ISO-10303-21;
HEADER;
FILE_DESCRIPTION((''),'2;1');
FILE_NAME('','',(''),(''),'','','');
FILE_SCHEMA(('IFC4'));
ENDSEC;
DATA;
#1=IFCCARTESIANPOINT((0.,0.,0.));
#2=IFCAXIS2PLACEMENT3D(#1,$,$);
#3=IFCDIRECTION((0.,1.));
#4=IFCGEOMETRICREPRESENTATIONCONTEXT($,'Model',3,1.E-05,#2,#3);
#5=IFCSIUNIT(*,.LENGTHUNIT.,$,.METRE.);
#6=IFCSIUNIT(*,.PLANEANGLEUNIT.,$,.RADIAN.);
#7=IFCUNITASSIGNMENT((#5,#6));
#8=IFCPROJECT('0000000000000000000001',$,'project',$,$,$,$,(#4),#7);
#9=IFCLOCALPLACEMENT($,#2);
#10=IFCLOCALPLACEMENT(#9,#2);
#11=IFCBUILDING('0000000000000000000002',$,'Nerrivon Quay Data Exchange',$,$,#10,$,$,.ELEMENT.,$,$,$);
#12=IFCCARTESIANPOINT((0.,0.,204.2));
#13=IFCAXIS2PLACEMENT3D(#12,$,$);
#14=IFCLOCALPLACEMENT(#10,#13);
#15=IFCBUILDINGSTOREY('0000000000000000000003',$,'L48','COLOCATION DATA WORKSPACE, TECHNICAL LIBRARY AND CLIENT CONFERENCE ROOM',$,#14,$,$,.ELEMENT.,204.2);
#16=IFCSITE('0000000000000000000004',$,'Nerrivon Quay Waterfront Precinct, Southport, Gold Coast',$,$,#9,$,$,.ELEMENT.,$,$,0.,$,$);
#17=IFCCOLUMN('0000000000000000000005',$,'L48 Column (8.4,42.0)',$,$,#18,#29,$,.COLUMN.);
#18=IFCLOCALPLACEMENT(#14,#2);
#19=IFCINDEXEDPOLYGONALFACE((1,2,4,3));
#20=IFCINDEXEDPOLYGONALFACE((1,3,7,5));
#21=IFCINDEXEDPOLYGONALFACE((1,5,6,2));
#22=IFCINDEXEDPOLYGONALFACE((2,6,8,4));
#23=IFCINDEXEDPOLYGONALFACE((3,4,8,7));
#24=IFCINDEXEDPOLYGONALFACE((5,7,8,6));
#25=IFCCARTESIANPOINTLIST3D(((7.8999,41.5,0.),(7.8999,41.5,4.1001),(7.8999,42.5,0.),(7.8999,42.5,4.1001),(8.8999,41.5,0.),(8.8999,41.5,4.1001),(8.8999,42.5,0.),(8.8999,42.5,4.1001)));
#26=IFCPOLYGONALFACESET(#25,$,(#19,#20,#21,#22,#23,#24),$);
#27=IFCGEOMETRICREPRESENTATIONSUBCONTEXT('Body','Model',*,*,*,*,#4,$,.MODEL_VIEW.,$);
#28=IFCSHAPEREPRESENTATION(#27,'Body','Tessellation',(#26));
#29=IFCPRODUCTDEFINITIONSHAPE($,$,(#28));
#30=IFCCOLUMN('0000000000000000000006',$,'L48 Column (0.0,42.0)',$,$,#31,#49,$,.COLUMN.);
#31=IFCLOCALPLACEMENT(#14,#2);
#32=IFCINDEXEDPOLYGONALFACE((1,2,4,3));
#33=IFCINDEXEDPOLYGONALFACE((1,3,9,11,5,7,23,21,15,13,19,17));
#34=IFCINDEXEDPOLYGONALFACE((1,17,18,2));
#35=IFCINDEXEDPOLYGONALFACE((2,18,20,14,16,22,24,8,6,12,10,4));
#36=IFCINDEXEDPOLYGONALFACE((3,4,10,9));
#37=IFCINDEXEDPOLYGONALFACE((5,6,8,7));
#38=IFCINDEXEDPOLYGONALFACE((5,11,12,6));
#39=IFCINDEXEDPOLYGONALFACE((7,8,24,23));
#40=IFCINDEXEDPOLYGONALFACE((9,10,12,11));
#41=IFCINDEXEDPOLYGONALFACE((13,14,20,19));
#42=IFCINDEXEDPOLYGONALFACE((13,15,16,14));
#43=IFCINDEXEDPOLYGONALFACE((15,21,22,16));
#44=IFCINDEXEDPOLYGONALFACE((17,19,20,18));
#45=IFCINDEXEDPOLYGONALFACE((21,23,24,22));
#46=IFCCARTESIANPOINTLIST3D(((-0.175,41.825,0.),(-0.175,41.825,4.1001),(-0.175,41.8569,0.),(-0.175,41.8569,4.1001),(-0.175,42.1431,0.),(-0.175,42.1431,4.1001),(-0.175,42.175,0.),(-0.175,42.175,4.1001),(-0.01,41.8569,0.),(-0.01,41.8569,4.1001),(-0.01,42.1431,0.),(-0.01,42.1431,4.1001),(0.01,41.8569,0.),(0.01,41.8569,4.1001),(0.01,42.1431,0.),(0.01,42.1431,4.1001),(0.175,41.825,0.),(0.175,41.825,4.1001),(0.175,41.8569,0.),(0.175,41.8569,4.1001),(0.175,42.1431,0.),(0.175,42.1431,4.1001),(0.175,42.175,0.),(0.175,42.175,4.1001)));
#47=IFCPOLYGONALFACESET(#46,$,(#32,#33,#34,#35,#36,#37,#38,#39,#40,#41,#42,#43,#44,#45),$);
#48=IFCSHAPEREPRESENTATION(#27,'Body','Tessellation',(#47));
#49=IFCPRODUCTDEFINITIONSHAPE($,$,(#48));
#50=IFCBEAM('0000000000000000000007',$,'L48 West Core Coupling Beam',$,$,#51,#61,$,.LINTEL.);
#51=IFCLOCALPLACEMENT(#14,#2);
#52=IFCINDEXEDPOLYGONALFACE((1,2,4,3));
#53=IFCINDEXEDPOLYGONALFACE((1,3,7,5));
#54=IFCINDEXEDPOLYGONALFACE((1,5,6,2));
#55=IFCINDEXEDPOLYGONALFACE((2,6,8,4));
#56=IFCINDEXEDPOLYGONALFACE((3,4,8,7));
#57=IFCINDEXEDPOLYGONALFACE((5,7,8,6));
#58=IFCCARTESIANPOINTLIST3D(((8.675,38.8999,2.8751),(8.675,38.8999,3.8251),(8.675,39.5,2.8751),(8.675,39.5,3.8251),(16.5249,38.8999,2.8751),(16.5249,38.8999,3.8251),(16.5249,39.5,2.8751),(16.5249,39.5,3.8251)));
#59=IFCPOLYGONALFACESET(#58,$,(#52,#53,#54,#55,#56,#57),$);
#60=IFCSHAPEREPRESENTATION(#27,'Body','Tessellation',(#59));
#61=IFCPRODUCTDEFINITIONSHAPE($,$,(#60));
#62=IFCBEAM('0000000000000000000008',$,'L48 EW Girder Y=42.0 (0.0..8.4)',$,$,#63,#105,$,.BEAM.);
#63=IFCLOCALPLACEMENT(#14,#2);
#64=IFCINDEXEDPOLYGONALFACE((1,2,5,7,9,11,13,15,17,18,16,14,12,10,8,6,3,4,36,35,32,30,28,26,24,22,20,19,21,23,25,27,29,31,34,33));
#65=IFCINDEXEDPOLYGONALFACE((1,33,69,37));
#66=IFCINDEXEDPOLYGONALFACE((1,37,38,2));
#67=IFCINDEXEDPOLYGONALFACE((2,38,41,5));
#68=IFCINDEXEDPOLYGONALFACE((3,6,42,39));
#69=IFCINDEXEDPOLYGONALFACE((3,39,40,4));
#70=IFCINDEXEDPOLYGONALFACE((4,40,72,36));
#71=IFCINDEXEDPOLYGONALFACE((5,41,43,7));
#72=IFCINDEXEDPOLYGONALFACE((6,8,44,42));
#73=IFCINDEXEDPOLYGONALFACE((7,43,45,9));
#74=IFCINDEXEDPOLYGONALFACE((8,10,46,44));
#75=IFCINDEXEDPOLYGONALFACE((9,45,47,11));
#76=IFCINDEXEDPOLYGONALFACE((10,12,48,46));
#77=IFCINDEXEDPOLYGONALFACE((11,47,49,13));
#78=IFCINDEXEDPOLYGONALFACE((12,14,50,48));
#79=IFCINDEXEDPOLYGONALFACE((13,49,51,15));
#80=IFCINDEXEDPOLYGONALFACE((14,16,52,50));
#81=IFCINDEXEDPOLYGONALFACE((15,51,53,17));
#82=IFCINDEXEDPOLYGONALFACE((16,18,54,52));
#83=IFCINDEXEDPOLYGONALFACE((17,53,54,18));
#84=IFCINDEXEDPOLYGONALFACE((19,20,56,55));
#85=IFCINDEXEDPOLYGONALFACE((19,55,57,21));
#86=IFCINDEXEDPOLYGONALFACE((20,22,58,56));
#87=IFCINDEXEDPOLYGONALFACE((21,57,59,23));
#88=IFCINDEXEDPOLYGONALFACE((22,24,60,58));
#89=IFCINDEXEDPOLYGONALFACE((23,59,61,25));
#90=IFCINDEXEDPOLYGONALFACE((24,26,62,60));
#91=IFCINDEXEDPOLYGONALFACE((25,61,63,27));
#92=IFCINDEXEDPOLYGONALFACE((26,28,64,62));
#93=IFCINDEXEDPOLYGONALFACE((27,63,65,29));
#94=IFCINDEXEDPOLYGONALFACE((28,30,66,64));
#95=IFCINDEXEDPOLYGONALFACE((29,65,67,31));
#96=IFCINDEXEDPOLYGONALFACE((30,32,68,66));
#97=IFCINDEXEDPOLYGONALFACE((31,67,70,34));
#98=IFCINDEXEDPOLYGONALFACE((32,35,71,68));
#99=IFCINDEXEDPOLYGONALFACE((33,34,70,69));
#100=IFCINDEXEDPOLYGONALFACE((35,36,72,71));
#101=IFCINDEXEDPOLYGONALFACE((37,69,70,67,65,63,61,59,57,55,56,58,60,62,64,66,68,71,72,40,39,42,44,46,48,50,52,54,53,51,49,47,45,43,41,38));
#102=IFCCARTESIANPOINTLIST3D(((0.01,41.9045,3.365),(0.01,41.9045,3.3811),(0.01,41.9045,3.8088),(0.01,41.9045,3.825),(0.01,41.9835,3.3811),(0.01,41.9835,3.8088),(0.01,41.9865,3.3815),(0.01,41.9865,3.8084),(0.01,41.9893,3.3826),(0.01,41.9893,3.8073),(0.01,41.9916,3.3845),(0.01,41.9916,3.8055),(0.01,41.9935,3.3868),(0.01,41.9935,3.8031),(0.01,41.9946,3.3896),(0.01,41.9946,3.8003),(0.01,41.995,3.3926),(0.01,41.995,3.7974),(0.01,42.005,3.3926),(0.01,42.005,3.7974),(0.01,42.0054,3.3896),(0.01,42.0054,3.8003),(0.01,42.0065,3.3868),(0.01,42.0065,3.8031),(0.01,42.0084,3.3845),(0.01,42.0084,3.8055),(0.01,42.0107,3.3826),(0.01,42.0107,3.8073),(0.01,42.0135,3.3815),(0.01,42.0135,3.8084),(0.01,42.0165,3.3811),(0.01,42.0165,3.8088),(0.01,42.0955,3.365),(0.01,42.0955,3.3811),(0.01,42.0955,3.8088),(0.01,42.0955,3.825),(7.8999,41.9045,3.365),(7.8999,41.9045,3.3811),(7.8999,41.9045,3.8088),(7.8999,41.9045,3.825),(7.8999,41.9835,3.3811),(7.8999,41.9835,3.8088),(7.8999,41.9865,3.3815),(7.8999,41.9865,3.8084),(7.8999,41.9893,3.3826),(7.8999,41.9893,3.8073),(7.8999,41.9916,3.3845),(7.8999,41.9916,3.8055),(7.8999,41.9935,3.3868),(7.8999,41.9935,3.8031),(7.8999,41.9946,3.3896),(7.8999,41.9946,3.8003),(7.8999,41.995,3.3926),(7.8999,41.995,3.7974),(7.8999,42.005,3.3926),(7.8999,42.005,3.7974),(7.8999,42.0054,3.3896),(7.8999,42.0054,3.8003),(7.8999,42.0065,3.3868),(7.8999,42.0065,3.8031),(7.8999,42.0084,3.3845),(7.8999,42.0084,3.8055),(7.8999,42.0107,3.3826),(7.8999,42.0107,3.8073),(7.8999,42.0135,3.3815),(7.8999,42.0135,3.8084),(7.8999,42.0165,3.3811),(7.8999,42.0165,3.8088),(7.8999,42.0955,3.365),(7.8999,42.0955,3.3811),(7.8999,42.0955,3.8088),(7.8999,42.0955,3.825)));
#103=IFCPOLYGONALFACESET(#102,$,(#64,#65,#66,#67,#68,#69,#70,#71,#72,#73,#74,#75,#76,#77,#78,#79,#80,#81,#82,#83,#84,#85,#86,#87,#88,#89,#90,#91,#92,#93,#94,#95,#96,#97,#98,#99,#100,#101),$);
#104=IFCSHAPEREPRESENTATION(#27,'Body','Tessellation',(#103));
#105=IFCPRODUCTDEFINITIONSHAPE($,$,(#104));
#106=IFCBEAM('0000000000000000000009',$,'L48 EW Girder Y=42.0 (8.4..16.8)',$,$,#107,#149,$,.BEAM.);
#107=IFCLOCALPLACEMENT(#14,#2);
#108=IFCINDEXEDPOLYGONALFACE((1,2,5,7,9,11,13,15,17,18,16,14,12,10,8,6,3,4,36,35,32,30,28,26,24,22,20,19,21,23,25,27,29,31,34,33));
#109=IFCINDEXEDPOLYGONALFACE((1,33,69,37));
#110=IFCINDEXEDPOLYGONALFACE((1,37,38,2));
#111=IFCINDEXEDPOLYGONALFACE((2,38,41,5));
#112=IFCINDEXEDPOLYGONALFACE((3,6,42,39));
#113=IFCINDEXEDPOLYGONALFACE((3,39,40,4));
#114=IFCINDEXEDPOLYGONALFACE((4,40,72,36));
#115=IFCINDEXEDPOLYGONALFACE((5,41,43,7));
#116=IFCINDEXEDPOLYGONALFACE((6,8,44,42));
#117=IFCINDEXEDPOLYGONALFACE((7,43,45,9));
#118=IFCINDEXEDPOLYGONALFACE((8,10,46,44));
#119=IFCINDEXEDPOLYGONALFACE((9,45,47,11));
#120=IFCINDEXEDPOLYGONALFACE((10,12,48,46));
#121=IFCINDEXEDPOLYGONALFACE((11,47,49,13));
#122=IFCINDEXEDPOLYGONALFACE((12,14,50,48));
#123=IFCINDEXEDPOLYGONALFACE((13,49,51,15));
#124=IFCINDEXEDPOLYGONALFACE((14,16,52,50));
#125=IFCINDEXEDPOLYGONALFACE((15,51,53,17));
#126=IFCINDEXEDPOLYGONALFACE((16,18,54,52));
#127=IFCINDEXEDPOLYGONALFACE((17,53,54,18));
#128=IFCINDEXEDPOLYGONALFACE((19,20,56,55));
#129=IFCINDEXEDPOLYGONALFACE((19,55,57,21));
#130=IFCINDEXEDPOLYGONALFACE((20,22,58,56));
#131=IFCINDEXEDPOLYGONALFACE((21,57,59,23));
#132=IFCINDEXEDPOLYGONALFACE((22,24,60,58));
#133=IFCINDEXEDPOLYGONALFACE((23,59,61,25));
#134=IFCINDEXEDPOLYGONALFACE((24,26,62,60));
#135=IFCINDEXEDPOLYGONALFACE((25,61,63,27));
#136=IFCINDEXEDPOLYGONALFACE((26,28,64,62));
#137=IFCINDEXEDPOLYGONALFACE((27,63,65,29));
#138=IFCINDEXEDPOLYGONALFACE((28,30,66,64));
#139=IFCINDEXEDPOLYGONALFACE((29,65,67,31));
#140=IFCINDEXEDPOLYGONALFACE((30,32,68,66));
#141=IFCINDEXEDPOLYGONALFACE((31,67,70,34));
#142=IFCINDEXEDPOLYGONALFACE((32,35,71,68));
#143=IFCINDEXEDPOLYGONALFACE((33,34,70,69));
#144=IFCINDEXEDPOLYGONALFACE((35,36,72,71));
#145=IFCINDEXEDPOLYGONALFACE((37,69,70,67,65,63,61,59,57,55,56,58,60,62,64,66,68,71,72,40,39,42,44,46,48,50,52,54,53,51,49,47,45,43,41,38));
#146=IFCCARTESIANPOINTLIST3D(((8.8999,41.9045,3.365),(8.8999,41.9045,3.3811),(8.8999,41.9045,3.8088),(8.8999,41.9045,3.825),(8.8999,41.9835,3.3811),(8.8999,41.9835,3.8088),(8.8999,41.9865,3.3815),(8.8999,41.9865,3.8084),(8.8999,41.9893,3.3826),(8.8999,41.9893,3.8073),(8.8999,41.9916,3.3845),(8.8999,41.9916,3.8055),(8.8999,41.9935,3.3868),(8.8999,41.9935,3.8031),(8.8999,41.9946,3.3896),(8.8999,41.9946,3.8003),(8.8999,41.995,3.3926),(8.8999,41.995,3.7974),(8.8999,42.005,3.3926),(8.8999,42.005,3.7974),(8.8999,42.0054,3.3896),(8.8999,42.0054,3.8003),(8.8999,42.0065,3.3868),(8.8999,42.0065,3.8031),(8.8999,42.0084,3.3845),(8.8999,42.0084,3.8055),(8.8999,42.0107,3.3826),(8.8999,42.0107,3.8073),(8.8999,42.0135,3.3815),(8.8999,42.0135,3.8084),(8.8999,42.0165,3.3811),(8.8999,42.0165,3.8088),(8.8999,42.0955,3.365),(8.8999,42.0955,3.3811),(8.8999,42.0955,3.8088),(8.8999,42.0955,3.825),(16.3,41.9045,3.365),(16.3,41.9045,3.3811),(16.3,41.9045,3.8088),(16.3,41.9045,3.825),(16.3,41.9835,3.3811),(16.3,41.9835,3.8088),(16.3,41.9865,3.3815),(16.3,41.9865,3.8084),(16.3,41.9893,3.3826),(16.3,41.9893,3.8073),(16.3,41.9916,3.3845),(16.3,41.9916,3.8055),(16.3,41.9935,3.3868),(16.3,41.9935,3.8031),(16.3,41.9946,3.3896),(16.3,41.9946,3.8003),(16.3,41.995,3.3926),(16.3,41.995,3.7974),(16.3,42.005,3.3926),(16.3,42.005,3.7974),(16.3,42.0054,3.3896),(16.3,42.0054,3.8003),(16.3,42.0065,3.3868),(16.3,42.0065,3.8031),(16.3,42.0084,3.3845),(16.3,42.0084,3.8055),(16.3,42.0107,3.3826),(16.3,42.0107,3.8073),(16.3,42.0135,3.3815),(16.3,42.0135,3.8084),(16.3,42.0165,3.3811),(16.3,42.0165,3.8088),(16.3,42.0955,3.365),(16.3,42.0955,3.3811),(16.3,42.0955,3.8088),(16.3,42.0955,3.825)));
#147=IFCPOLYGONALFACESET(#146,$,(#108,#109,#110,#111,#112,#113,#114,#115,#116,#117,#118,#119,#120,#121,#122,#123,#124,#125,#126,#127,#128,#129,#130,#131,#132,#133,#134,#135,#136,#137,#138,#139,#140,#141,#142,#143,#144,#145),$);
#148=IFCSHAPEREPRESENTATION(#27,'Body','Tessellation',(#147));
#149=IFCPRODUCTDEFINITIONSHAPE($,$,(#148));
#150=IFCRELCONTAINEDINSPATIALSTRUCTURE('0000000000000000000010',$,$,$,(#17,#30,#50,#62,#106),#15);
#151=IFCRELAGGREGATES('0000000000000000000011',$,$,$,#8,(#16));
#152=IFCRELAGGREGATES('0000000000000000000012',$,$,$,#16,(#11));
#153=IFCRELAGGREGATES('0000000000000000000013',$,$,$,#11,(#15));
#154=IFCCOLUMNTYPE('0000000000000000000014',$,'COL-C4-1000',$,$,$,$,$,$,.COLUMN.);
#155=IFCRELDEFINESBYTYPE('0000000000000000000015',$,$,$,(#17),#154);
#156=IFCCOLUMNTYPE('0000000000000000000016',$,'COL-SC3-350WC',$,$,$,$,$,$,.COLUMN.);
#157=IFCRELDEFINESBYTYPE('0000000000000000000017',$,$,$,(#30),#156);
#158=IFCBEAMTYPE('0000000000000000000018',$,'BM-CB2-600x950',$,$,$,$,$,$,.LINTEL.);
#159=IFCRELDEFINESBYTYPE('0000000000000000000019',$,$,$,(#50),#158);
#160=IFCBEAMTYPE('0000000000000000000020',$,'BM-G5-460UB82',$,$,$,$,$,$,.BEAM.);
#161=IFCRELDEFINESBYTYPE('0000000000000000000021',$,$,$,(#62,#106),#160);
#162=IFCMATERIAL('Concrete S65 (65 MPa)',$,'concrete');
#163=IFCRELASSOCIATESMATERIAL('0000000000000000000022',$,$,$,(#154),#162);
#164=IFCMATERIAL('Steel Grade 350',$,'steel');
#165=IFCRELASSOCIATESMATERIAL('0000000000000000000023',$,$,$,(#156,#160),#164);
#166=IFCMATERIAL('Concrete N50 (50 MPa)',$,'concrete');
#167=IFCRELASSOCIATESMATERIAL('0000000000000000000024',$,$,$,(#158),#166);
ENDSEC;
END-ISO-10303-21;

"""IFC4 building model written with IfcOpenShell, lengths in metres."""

from ifc_helpers import new_model, si_unit, direction, frame, origin, origin_2d, place, context, subcontext, project, spatial, rectangle, i_section, extrude, material, material_profile, profile_set, type_object, element, save


model = new_model("IFC4")

# Units and contexts
model_context = context("Model", 3, precision=1e-05, world=origin(), true_north=direction((0.0, 1.0)))
body_context = subcontext(model_context, "Body", "Model", "MODEL_VIEW")
ifc_project = project(units=[si_unit("LENGTHUNIT", "METRE"), si_unit("PLANEANGLEUNIT", "RADIAN")], contexts=[model_context])

# Site, building, storey
site_placement = place(None, origin())
site = spatial("IfcSite", under=ifc_project, at=site_placement, Name="Nerrivon Quay Waterfront Precinct, Southport, Gold Coast", CompositionType="ELEMENT", RefElevation=0.0)
building_placement = place(site_placement, origin())
building = spatial("IfcBuilding", under=site, at=building_placement, Name="Nerrivon Quay Data Exchange", CompositionType="ELEMENT")
storey_placement = place(building_placement, frame((0.0, 0.0, 204.2)))
storey = spatial("IfcBuildingStorey", under=building, at=storey_placement, Name="L48", Description="COLOCATION DATA WORKSPACE, TECHNICAL LIBRARY AND CLIENT CONFERENCE ROOM", CompositionType="ELEMENT", Elevation=204.2)

# Columns
ifc_material_1 = material(Name="Concrete S65 (65 MPa)", Category="concrete")
ifc_material_profile_1 = material_profile(ifc_material_1, rectangle(XDim=1.0, YDim=1.0, at=origin_2d()), Name="RC-COL-1000x1000")
ifc_profile_set_1 = profile_set([ifc_material_profile_1], Name="Concrete S65 (65 MPa)")
column_type_1 = type_object("IfcColumnType", Name="COL-C4-1000", PredefinedType="COLUMN", material=ifc_profile_set_1)
column_1_placement = place(storey_placement, frame((8.3999, 42.0, 0.0), z_axis=(0.0, 0.0, 1.0), x_axis=(1.0, 0.0, 0.0)))
element("IfcColumn", 1, at=column_1_placement, inside=storey, type_object=column_type_1, Name="L48 Column (8.4,42.0)", PredefinedType="COLUMN", context=body_context, shape_type="SweptSolid", body=[
    extrude(rectangle(XDim=1.0, YDim=1.0, at=origin_2d()), origin(), (0.0, 0.0, 1.0), 4.1001),
])
ifc_material_2 = material(Name="Steel Grade 350", Category="steel")
ifc_material_profile_2 = material_profile(ifc_material_2, i_section(OverallWidth=0.3501, OverallDepth=0.3501, WebThickness=0.02, FlangeThickness=0.032, at=origin_2d()), Name="350WC230")
ifc_profile_set_2 = profile_set([ifc_material_profile_2], Name="Steel Grade 350")
column_type_2 = type_object("IfcColumnType", Name="COL-SC3-350WC", PredefinedType="COLUMN", material=ifc_profile_set_2)
column_2_placement = place(storey_placement, frame((0.0, 42.0, 0.0), z_axis=(0.0, 0.0, 1.0), x_axis=(1.0, 0.0, 0.0)))
element("IfcColumn", 2, at=column_2_placement, inside=storey, type_object=column_type_2, Name="L48 Column (0.0,42.0)", PredefinedType="COLUMN", context=body_context, shape_type="SweptSolid", body=[
    extrude(i_section(OverallWidth=0.3501, OverallDepth=0.3501, WebThickness=0.02, FlangeThickness=0.032, at=origin_2d()), origin(), (0.0, 0.0, 1.0), 4.1001),
])

# Beams
ifc_material_3 = material(Name="Concrete N50 (50 MPa)", Category="concrete")
ifc_material_profile_3 = material_profile(ifc_material_3, rectangle(XDim=0.6001, YDim=0.95, at=origin_2d()), Name="RC-CB-600x950")
ifc_profile_set_3 = profile_set([ifc_material_profile_3], Name="Concrete N50 (50 MPa)")
beam_type_1 = type_object("IfcBeamType", Name="BM-CB2-600x950", PredefinedType="LINTEL", material=ifc_profile_set_3)
beam_1_placement = place(storey_placement, frame((8.675, 39.2, 3.3501), z_axis=(1.0, 0.0, 0.0), x_axis=(0.0, 1.0, 0.0)))
element("IfcBeam", 3, at=beam_1_placement, inside=storey, type_object=beam_type_1, Name="L48 West Core Coupling Beam", PredefinedType="LINTEL", context=body_context, shape_type="SweptSolid", body=[
    extrude(rectangle(XDim=0.6001, YDim=0.95, at=origin_2d()), origin(), (0.0, 0.0, 1.0), 7.8499),
])
ifc_material_profile_4 = material_profile(ifc_material_2, i_section(OverallWidth=0.1909, OverallDepth=0.46, WebThickness=0.01, FlangeThickness=0.0161, FilletRadius=0.0115, at=origin_2d()), Name="460UB82.1")
ifc_profile_set_4 = profile_set([ifc_material_profile_4], Name="Steel Grade 350")
beam_type_2 = type_object("IfcBeamType", Name="BM-G5-460UB82", PredefinedType="BEAM", material=ifc_profile_set_4)
beam_2_placement = place(storey_placement, frame((0.01, 42.0, 3.595), z_axis=(1.0, 0.0, 0.0), x_axis=(0.0, 1.0, 0.0)))
element("IfcBeam", 4, at=beam_2_placement, inside=storey, type_object=beam_type_2, Name="L48 EW Girder Y=42.0 (0.0..8.4)", PredefinedType="BEAM", context=body_context, shape_type="SweptSolid", body=[
    extrude(i_section(OverallWidth=0.1909, OverallDepth=0.46, WebThickness=0.01, FlangeThickness=0.0161, FilletRadius=0.0115, at=origin_2d()), origin(), (0.0, 0.0, 1.0), 7.8899),
])
beam_3_placement = place(storey_placement, frame((8.8999, 42.0, 3.595), z_axis=(1.0, 0.0, 0.0), x_axis=(0.0, 1.0, 0.0)))
element("IfcBeam", 5, at=beam_3_placement, inside=storey, type_object=beam_type_2, Name="L48 EW Girder Y=42.0 (8.4..16.8)", PredefinedType="BEAM", context=body_context, shape_type="SweptSolid", body=[
    extrude(i_section(OverallWidth=0.1909, OverallDepth=0.46, WebThickness=0.01, FlangeThickness=0.0161, FilletRadius=0.0115, at=origin_2d()), origin(), (0.0, 0.0, 1.0), 7.4001),
])

save(model, "model.ifc")
